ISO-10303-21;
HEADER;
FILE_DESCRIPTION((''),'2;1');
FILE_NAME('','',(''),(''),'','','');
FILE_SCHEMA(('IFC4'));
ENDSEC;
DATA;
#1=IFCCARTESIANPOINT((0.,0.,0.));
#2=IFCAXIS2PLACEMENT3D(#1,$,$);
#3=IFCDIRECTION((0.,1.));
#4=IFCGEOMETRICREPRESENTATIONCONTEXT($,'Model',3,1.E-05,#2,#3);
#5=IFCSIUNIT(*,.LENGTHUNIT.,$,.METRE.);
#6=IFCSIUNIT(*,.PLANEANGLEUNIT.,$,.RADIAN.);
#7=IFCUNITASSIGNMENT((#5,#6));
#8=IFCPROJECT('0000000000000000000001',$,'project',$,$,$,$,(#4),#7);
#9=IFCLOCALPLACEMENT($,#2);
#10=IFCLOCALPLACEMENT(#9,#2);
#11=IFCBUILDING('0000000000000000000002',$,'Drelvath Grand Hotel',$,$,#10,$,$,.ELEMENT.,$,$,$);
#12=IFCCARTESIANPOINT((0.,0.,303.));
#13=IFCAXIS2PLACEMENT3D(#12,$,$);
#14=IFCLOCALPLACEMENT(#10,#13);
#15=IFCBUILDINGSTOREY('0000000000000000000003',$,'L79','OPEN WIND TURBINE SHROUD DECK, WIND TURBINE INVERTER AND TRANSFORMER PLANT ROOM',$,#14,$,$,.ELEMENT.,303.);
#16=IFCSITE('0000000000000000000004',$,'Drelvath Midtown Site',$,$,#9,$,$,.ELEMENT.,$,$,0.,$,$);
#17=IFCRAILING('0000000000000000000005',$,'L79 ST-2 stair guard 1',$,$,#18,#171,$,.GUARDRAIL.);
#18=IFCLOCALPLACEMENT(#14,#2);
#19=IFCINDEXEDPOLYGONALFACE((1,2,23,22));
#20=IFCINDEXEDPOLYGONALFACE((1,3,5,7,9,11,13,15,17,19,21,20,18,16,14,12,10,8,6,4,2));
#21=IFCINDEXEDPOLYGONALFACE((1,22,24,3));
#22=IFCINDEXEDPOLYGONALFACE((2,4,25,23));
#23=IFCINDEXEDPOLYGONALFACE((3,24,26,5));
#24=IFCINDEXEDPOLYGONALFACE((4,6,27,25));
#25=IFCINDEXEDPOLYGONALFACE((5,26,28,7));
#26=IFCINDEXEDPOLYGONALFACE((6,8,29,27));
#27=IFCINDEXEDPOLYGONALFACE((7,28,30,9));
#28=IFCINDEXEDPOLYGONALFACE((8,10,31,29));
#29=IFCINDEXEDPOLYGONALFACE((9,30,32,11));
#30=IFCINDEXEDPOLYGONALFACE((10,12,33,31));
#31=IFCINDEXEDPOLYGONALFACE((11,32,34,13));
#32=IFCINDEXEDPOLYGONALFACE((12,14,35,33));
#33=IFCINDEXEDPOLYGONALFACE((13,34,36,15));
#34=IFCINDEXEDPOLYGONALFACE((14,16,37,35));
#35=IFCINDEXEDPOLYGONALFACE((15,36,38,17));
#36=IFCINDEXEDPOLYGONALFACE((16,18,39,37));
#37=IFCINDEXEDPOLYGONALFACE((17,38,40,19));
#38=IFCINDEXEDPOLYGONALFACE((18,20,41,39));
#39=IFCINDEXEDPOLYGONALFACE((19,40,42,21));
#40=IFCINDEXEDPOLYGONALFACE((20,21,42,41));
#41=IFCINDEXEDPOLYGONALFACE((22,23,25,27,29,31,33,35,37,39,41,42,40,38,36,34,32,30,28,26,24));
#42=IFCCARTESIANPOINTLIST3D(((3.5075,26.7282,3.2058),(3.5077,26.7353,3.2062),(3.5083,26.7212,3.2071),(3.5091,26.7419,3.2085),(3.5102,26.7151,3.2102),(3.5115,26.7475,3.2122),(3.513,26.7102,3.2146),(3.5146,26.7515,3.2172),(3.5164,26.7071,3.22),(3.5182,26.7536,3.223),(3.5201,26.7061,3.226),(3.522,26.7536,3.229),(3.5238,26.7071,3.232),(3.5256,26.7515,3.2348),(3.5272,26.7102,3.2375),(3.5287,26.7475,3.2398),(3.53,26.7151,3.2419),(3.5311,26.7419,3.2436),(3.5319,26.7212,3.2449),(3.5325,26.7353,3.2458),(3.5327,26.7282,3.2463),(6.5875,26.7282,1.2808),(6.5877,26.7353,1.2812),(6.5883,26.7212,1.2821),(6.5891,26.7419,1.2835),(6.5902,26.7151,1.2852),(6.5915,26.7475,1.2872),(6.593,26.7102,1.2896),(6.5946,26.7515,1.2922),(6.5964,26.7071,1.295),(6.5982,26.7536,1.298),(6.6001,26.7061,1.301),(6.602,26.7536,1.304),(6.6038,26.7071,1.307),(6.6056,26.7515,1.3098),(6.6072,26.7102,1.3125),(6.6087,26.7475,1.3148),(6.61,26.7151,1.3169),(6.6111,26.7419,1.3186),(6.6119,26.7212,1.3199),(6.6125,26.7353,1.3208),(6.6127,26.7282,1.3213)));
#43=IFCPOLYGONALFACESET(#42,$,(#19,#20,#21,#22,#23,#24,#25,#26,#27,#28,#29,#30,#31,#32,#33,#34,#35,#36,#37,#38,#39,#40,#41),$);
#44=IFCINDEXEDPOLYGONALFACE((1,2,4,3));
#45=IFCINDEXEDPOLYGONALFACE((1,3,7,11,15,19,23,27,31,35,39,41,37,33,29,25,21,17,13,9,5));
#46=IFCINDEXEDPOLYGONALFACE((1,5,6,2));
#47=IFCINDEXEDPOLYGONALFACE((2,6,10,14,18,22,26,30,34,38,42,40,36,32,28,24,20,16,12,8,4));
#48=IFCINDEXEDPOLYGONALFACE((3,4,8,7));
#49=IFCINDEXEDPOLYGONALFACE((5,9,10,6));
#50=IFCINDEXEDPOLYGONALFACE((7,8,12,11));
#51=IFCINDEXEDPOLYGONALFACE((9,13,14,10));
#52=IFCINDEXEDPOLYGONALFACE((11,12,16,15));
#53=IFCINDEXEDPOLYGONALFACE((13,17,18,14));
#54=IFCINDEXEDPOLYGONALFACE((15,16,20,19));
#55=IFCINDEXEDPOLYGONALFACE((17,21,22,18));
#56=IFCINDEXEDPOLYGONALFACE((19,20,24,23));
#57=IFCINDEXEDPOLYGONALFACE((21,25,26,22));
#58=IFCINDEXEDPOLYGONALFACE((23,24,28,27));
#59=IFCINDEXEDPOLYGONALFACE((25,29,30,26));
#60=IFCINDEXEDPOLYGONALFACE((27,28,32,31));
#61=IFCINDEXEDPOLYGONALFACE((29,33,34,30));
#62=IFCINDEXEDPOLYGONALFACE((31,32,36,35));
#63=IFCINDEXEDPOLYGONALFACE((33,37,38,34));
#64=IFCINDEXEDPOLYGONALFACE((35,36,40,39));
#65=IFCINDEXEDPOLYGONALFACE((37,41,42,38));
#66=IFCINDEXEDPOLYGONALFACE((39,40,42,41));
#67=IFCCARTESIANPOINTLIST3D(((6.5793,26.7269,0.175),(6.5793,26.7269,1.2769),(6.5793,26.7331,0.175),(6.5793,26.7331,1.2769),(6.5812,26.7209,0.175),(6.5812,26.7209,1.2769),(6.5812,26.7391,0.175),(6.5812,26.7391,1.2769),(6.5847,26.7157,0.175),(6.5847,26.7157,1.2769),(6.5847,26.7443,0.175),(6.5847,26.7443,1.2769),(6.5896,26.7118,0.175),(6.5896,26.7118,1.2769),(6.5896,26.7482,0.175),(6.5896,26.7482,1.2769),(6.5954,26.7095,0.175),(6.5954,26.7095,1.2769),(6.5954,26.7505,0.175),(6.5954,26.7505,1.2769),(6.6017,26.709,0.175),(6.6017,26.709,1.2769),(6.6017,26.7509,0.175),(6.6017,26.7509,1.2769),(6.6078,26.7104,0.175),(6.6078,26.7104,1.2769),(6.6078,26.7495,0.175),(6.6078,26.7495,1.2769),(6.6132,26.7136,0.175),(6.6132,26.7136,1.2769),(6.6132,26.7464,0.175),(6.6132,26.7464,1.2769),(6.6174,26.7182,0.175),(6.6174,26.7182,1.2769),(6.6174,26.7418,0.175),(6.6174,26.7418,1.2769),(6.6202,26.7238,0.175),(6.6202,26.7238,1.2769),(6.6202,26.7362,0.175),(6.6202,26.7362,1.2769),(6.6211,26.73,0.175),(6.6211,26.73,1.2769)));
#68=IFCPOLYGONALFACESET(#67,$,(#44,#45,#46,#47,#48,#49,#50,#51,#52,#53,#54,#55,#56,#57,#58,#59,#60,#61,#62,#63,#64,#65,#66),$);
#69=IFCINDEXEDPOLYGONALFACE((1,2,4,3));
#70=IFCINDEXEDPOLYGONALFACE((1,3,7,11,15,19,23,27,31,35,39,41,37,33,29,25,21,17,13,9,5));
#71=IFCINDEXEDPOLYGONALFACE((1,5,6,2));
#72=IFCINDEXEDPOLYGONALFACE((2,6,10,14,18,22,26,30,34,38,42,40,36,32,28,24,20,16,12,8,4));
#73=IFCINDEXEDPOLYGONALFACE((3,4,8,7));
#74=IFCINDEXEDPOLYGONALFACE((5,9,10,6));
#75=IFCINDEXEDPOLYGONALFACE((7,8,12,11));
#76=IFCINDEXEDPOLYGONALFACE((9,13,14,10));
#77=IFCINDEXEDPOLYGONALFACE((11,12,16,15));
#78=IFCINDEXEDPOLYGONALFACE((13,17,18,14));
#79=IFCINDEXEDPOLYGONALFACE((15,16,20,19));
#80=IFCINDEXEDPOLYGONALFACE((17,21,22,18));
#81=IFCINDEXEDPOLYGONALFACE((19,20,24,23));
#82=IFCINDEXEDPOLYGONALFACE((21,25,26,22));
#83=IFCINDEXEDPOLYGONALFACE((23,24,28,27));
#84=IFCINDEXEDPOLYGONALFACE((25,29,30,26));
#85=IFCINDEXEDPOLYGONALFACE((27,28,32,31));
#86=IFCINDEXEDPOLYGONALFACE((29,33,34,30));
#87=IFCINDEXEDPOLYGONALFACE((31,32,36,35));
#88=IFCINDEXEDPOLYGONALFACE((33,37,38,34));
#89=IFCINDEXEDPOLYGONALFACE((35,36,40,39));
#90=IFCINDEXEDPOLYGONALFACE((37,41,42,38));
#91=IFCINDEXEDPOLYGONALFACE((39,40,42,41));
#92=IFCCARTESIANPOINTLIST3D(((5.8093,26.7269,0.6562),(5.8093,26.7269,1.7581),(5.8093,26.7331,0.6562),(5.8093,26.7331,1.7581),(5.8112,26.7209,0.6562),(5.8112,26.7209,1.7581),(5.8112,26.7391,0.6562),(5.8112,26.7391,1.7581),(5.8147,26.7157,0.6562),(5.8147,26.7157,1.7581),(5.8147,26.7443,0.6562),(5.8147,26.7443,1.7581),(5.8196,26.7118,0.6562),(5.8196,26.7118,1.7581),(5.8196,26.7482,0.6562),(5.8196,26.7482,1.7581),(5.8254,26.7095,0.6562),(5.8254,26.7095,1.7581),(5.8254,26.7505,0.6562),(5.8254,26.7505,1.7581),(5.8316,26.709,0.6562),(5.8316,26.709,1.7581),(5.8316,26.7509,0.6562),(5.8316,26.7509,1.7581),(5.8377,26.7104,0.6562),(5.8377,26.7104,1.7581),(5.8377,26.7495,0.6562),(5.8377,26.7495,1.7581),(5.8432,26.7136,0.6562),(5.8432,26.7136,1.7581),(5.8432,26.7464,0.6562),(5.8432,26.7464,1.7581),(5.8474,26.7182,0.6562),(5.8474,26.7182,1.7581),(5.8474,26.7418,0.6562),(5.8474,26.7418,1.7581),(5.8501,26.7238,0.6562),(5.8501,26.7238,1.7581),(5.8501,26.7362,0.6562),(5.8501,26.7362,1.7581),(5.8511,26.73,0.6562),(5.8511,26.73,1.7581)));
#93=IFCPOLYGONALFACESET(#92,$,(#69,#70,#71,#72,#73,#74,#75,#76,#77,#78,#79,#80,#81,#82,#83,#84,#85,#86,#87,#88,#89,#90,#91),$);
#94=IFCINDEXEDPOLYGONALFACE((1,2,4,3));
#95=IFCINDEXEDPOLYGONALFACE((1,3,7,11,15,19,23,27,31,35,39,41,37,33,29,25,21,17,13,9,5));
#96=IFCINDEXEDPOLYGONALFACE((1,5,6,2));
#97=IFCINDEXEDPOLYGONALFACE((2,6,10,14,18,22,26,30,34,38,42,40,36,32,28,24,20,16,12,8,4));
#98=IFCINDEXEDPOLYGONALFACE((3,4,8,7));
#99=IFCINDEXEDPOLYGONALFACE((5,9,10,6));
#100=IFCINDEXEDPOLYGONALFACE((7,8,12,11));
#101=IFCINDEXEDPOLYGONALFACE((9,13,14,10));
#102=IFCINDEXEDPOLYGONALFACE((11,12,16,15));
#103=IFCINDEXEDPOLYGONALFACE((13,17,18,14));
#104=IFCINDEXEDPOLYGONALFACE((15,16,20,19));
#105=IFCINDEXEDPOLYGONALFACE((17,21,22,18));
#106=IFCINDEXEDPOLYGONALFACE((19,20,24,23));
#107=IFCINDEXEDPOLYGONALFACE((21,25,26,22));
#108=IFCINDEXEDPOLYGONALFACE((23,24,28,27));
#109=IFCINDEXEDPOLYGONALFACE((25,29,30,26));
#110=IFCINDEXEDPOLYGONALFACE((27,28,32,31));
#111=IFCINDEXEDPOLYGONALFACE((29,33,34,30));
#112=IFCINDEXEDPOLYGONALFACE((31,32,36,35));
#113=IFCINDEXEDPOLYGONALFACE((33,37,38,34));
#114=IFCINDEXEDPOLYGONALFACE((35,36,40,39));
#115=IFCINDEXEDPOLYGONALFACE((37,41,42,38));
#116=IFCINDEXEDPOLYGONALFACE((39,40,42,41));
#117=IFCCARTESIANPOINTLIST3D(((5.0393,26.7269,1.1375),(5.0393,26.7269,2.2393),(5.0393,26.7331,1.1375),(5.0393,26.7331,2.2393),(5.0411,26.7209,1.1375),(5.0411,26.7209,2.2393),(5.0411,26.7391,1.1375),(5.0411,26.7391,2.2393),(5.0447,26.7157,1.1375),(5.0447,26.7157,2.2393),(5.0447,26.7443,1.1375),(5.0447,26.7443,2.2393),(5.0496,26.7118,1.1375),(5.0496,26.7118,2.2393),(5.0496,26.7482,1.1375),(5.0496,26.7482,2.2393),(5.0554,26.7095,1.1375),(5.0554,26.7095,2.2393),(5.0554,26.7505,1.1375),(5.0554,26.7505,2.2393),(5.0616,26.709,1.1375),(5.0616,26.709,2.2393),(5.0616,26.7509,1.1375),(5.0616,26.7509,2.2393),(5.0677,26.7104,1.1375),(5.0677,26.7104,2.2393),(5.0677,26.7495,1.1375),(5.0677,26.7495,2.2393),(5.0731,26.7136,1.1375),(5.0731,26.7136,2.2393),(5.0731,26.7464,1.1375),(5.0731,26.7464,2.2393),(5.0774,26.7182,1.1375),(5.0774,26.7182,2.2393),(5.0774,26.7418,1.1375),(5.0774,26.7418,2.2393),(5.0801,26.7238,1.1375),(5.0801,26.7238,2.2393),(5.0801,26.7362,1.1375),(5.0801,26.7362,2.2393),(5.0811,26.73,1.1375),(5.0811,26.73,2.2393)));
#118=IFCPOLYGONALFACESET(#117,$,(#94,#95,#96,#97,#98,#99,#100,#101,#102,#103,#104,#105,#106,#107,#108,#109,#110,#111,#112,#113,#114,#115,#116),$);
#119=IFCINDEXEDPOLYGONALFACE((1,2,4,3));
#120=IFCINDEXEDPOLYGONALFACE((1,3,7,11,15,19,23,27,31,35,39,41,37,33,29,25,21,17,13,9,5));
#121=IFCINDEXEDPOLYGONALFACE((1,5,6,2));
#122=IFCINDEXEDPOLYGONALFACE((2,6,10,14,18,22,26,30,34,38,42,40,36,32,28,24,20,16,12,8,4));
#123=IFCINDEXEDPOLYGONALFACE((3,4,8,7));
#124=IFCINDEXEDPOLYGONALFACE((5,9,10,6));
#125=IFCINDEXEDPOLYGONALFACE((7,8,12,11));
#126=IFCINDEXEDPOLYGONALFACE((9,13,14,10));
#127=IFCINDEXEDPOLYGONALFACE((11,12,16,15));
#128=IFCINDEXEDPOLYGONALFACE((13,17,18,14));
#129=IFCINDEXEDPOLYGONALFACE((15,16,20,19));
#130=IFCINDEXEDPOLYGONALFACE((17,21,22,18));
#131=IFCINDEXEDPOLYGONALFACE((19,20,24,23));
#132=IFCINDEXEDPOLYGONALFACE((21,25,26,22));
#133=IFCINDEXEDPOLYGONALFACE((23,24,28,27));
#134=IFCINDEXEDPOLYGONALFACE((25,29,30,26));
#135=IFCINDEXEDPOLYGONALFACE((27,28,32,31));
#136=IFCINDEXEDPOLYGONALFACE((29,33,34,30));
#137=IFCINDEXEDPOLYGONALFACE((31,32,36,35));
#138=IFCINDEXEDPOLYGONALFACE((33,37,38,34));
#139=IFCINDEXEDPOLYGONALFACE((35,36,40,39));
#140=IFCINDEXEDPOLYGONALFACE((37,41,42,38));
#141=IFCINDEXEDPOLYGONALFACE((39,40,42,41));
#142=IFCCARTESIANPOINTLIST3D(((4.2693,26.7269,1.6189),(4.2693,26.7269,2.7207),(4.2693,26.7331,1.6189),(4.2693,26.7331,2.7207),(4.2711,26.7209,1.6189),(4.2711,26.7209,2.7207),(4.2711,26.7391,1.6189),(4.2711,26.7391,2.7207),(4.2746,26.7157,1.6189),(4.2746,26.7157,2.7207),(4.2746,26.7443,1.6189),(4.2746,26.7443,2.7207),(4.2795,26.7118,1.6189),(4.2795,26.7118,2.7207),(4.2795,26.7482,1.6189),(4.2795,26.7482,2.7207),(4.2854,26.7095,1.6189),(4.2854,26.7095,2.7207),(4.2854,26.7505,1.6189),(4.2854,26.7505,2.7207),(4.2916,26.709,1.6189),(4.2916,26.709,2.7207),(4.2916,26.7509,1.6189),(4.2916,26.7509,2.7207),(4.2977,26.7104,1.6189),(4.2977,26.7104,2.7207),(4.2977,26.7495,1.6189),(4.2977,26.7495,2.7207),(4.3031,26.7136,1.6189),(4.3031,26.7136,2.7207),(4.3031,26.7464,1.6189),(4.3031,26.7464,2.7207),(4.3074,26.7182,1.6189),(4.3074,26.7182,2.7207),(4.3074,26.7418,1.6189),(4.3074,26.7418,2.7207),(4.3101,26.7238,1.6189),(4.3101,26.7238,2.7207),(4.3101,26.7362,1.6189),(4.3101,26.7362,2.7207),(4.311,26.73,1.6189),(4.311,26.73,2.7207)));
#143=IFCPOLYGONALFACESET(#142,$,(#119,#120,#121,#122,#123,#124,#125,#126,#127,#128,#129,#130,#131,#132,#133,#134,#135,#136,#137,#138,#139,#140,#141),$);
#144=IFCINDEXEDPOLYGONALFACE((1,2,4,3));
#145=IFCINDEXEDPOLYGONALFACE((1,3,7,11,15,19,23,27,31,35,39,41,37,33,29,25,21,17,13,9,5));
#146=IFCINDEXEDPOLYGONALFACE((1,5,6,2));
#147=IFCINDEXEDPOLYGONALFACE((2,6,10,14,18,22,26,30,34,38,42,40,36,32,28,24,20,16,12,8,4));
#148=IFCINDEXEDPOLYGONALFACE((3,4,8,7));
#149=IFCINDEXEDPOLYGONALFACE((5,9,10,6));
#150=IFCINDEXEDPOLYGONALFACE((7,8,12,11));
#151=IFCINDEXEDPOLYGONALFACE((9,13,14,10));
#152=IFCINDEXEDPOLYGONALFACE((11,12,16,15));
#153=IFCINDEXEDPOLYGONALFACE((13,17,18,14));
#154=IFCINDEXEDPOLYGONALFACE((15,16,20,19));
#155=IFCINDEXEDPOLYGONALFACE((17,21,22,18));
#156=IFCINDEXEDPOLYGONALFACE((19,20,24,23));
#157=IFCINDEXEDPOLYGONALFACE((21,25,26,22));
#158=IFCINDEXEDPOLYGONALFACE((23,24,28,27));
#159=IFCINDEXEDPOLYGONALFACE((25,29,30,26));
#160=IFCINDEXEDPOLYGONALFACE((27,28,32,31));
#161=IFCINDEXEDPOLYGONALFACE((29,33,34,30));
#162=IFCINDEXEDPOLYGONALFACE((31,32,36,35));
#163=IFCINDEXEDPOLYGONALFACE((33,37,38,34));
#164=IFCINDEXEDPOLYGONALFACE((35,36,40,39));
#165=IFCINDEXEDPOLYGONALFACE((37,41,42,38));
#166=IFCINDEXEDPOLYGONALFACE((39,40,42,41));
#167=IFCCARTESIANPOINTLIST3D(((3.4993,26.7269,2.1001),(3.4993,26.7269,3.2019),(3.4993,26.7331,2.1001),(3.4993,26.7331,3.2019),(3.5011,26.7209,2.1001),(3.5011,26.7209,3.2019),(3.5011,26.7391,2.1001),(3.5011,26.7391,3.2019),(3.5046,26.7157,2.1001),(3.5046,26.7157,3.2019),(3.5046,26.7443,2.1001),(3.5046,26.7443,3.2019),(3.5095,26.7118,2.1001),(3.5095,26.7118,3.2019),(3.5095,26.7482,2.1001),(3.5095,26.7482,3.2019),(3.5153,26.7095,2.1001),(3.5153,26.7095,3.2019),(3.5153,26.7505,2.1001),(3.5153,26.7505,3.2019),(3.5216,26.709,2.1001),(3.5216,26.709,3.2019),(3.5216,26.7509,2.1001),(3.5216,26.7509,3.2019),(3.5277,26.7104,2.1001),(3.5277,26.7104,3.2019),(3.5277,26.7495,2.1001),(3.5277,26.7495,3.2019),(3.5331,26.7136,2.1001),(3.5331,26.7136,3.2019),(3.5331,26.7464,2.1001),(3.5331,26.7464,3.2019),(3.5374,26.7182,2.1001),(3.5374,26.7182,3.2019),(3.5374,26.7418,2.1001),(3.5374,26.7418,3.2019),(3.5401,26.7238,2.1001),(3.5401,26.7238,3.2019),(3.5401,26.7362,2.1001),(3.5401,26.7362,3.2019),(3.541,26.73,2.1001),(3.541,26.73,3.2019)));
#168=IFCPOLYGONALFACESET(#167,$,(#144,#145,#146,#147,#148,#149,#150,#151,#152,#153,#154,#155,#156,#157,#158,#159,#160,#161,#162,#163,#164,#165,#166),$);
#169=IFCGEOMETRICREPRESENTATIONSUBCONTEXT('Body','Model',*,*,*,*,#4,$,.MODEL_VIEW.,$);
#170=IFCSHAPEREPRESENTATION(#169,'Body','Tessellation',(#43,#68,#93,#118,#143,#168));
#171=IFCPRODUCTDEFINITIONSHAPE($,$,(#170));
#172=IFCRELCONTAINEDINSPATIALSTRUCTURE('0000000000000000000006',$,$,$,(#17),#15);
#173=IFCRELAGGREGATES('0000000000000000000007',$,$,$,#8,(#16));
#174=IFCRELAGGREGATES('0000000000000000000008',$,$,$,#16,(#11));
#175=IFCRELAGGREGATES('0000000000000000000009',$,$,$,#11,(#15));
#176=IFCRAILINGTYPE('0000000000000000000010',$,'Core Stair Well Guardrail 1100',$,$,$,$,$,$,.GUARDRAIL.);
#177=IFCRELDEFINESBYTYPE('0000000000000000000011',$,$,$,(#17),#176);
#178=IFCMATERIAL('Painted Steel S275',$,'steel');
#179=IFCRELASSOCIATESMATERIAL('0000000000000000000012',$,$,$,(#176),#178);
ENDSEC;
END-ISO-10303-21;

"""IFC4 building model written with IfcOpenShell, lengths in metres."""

from ifc_helpers import new_model, si_unit, direction, frame, origin, origin_2d, place, context, subcontext, project, spatial, circle, extrude, material, type_object, element, save


model = new_model("IFC4")

# Units and contexts
model_context = context("Model", 3, precision=1e-05, world=origin(), true_north=direction((0.0, 1.0)))
body_context = subcontext(model_context, "Body", "Model", "MODEL_VIEW")
ifc_project = project(units=[si_unit("LENGTHUNIT", "METRE"), si_unit("PLANEANGLEUNIT", "RADIAN")], contexts=[model_context])

# Site, building, storey
site_placement = place(None, origin())
site = spatial("IfcSite", under=ifc_project, at=site_placement, Name="Drelvath Midtown Site", CompositionType="ELEMENT", RefElevation=0.0)
building_placement = place(site_placement, origin())
building = spatial("IfcBuilding", under=site, at=building_placement, Name="Drelvath Grand Hotel", CompositionType="ELEMENT")
storey_placement = place(building_placement, frame((0.0, 0.0, 303.0)))
storey = spatial("IfcBuildingStorey", under=building, at=storey_placement, Name="L79", Description="OPEN WIND TURBINE SHROUD DECK, WIND TURBINE INVERTER AND TRANSFORMER PLANT ROOM", CompositionType="ELEMENT", Elevation=303.0)

# Shared definitions
ifc_material_1 = material(Name="Painted Steel S275", Category="steel")

# Railing
railing_type_1 = type_object("IfcRailingType", Name="Core Stair Well Guardrail 1100", PredefinedType="GUARDRAIL", material=ifc_material_1)
railing_1_placement = place(storey_placement, frame((6.6001, 26.73, 0.175)))
element("IfcRailing", 1, at=railing_1_placement, inside=storey, type_object=railing_type_1, Name="L79 ST-2 stair guard 1", PredefinedType="GUARDRAIL", context=body_context, shape_type="SweptSolid", body=[
    extrude(circle(Radius=0.0239, at=origin_2d()), frame((0.0, 0.0, 1.126), z_axis=(-0.847998, 0.0, 0.529999), x_axis=(0.0, -1.0, 0.0)), (0.0, 0.0, 1.0), 3.6321),
    extrude(circle(Radius=0.021, at=origin_2d()), origin(), (0.0, 0.0, 1.0), 1.1018),
    extrude(circle(Radius=0.021, at=origin_2d()), frame((-0.77, 0.0, 0.4812)), (0.0, 0.0, 1.0), 1.1018),
    extrude(circle(Radius=0.021, at=origin_2d()), frame((-1.54, 0.0, 0.9624)), (0.0, 0.0, 1.0), 1.1018),
    extrude(circle(Radius=0.021, at=origin_2d()), frame((-2.3101, 0.0, 1.4438)), (0.0, 0.0, 1.0), 1.1018),
    extrude(circle(Radius=0.021, at=origin_2d()), frame((-3.0801, 0.0, 1.925)), (0.0, 0.0, 1.0), 1.1018),
])

save(model, "model.ifc")
